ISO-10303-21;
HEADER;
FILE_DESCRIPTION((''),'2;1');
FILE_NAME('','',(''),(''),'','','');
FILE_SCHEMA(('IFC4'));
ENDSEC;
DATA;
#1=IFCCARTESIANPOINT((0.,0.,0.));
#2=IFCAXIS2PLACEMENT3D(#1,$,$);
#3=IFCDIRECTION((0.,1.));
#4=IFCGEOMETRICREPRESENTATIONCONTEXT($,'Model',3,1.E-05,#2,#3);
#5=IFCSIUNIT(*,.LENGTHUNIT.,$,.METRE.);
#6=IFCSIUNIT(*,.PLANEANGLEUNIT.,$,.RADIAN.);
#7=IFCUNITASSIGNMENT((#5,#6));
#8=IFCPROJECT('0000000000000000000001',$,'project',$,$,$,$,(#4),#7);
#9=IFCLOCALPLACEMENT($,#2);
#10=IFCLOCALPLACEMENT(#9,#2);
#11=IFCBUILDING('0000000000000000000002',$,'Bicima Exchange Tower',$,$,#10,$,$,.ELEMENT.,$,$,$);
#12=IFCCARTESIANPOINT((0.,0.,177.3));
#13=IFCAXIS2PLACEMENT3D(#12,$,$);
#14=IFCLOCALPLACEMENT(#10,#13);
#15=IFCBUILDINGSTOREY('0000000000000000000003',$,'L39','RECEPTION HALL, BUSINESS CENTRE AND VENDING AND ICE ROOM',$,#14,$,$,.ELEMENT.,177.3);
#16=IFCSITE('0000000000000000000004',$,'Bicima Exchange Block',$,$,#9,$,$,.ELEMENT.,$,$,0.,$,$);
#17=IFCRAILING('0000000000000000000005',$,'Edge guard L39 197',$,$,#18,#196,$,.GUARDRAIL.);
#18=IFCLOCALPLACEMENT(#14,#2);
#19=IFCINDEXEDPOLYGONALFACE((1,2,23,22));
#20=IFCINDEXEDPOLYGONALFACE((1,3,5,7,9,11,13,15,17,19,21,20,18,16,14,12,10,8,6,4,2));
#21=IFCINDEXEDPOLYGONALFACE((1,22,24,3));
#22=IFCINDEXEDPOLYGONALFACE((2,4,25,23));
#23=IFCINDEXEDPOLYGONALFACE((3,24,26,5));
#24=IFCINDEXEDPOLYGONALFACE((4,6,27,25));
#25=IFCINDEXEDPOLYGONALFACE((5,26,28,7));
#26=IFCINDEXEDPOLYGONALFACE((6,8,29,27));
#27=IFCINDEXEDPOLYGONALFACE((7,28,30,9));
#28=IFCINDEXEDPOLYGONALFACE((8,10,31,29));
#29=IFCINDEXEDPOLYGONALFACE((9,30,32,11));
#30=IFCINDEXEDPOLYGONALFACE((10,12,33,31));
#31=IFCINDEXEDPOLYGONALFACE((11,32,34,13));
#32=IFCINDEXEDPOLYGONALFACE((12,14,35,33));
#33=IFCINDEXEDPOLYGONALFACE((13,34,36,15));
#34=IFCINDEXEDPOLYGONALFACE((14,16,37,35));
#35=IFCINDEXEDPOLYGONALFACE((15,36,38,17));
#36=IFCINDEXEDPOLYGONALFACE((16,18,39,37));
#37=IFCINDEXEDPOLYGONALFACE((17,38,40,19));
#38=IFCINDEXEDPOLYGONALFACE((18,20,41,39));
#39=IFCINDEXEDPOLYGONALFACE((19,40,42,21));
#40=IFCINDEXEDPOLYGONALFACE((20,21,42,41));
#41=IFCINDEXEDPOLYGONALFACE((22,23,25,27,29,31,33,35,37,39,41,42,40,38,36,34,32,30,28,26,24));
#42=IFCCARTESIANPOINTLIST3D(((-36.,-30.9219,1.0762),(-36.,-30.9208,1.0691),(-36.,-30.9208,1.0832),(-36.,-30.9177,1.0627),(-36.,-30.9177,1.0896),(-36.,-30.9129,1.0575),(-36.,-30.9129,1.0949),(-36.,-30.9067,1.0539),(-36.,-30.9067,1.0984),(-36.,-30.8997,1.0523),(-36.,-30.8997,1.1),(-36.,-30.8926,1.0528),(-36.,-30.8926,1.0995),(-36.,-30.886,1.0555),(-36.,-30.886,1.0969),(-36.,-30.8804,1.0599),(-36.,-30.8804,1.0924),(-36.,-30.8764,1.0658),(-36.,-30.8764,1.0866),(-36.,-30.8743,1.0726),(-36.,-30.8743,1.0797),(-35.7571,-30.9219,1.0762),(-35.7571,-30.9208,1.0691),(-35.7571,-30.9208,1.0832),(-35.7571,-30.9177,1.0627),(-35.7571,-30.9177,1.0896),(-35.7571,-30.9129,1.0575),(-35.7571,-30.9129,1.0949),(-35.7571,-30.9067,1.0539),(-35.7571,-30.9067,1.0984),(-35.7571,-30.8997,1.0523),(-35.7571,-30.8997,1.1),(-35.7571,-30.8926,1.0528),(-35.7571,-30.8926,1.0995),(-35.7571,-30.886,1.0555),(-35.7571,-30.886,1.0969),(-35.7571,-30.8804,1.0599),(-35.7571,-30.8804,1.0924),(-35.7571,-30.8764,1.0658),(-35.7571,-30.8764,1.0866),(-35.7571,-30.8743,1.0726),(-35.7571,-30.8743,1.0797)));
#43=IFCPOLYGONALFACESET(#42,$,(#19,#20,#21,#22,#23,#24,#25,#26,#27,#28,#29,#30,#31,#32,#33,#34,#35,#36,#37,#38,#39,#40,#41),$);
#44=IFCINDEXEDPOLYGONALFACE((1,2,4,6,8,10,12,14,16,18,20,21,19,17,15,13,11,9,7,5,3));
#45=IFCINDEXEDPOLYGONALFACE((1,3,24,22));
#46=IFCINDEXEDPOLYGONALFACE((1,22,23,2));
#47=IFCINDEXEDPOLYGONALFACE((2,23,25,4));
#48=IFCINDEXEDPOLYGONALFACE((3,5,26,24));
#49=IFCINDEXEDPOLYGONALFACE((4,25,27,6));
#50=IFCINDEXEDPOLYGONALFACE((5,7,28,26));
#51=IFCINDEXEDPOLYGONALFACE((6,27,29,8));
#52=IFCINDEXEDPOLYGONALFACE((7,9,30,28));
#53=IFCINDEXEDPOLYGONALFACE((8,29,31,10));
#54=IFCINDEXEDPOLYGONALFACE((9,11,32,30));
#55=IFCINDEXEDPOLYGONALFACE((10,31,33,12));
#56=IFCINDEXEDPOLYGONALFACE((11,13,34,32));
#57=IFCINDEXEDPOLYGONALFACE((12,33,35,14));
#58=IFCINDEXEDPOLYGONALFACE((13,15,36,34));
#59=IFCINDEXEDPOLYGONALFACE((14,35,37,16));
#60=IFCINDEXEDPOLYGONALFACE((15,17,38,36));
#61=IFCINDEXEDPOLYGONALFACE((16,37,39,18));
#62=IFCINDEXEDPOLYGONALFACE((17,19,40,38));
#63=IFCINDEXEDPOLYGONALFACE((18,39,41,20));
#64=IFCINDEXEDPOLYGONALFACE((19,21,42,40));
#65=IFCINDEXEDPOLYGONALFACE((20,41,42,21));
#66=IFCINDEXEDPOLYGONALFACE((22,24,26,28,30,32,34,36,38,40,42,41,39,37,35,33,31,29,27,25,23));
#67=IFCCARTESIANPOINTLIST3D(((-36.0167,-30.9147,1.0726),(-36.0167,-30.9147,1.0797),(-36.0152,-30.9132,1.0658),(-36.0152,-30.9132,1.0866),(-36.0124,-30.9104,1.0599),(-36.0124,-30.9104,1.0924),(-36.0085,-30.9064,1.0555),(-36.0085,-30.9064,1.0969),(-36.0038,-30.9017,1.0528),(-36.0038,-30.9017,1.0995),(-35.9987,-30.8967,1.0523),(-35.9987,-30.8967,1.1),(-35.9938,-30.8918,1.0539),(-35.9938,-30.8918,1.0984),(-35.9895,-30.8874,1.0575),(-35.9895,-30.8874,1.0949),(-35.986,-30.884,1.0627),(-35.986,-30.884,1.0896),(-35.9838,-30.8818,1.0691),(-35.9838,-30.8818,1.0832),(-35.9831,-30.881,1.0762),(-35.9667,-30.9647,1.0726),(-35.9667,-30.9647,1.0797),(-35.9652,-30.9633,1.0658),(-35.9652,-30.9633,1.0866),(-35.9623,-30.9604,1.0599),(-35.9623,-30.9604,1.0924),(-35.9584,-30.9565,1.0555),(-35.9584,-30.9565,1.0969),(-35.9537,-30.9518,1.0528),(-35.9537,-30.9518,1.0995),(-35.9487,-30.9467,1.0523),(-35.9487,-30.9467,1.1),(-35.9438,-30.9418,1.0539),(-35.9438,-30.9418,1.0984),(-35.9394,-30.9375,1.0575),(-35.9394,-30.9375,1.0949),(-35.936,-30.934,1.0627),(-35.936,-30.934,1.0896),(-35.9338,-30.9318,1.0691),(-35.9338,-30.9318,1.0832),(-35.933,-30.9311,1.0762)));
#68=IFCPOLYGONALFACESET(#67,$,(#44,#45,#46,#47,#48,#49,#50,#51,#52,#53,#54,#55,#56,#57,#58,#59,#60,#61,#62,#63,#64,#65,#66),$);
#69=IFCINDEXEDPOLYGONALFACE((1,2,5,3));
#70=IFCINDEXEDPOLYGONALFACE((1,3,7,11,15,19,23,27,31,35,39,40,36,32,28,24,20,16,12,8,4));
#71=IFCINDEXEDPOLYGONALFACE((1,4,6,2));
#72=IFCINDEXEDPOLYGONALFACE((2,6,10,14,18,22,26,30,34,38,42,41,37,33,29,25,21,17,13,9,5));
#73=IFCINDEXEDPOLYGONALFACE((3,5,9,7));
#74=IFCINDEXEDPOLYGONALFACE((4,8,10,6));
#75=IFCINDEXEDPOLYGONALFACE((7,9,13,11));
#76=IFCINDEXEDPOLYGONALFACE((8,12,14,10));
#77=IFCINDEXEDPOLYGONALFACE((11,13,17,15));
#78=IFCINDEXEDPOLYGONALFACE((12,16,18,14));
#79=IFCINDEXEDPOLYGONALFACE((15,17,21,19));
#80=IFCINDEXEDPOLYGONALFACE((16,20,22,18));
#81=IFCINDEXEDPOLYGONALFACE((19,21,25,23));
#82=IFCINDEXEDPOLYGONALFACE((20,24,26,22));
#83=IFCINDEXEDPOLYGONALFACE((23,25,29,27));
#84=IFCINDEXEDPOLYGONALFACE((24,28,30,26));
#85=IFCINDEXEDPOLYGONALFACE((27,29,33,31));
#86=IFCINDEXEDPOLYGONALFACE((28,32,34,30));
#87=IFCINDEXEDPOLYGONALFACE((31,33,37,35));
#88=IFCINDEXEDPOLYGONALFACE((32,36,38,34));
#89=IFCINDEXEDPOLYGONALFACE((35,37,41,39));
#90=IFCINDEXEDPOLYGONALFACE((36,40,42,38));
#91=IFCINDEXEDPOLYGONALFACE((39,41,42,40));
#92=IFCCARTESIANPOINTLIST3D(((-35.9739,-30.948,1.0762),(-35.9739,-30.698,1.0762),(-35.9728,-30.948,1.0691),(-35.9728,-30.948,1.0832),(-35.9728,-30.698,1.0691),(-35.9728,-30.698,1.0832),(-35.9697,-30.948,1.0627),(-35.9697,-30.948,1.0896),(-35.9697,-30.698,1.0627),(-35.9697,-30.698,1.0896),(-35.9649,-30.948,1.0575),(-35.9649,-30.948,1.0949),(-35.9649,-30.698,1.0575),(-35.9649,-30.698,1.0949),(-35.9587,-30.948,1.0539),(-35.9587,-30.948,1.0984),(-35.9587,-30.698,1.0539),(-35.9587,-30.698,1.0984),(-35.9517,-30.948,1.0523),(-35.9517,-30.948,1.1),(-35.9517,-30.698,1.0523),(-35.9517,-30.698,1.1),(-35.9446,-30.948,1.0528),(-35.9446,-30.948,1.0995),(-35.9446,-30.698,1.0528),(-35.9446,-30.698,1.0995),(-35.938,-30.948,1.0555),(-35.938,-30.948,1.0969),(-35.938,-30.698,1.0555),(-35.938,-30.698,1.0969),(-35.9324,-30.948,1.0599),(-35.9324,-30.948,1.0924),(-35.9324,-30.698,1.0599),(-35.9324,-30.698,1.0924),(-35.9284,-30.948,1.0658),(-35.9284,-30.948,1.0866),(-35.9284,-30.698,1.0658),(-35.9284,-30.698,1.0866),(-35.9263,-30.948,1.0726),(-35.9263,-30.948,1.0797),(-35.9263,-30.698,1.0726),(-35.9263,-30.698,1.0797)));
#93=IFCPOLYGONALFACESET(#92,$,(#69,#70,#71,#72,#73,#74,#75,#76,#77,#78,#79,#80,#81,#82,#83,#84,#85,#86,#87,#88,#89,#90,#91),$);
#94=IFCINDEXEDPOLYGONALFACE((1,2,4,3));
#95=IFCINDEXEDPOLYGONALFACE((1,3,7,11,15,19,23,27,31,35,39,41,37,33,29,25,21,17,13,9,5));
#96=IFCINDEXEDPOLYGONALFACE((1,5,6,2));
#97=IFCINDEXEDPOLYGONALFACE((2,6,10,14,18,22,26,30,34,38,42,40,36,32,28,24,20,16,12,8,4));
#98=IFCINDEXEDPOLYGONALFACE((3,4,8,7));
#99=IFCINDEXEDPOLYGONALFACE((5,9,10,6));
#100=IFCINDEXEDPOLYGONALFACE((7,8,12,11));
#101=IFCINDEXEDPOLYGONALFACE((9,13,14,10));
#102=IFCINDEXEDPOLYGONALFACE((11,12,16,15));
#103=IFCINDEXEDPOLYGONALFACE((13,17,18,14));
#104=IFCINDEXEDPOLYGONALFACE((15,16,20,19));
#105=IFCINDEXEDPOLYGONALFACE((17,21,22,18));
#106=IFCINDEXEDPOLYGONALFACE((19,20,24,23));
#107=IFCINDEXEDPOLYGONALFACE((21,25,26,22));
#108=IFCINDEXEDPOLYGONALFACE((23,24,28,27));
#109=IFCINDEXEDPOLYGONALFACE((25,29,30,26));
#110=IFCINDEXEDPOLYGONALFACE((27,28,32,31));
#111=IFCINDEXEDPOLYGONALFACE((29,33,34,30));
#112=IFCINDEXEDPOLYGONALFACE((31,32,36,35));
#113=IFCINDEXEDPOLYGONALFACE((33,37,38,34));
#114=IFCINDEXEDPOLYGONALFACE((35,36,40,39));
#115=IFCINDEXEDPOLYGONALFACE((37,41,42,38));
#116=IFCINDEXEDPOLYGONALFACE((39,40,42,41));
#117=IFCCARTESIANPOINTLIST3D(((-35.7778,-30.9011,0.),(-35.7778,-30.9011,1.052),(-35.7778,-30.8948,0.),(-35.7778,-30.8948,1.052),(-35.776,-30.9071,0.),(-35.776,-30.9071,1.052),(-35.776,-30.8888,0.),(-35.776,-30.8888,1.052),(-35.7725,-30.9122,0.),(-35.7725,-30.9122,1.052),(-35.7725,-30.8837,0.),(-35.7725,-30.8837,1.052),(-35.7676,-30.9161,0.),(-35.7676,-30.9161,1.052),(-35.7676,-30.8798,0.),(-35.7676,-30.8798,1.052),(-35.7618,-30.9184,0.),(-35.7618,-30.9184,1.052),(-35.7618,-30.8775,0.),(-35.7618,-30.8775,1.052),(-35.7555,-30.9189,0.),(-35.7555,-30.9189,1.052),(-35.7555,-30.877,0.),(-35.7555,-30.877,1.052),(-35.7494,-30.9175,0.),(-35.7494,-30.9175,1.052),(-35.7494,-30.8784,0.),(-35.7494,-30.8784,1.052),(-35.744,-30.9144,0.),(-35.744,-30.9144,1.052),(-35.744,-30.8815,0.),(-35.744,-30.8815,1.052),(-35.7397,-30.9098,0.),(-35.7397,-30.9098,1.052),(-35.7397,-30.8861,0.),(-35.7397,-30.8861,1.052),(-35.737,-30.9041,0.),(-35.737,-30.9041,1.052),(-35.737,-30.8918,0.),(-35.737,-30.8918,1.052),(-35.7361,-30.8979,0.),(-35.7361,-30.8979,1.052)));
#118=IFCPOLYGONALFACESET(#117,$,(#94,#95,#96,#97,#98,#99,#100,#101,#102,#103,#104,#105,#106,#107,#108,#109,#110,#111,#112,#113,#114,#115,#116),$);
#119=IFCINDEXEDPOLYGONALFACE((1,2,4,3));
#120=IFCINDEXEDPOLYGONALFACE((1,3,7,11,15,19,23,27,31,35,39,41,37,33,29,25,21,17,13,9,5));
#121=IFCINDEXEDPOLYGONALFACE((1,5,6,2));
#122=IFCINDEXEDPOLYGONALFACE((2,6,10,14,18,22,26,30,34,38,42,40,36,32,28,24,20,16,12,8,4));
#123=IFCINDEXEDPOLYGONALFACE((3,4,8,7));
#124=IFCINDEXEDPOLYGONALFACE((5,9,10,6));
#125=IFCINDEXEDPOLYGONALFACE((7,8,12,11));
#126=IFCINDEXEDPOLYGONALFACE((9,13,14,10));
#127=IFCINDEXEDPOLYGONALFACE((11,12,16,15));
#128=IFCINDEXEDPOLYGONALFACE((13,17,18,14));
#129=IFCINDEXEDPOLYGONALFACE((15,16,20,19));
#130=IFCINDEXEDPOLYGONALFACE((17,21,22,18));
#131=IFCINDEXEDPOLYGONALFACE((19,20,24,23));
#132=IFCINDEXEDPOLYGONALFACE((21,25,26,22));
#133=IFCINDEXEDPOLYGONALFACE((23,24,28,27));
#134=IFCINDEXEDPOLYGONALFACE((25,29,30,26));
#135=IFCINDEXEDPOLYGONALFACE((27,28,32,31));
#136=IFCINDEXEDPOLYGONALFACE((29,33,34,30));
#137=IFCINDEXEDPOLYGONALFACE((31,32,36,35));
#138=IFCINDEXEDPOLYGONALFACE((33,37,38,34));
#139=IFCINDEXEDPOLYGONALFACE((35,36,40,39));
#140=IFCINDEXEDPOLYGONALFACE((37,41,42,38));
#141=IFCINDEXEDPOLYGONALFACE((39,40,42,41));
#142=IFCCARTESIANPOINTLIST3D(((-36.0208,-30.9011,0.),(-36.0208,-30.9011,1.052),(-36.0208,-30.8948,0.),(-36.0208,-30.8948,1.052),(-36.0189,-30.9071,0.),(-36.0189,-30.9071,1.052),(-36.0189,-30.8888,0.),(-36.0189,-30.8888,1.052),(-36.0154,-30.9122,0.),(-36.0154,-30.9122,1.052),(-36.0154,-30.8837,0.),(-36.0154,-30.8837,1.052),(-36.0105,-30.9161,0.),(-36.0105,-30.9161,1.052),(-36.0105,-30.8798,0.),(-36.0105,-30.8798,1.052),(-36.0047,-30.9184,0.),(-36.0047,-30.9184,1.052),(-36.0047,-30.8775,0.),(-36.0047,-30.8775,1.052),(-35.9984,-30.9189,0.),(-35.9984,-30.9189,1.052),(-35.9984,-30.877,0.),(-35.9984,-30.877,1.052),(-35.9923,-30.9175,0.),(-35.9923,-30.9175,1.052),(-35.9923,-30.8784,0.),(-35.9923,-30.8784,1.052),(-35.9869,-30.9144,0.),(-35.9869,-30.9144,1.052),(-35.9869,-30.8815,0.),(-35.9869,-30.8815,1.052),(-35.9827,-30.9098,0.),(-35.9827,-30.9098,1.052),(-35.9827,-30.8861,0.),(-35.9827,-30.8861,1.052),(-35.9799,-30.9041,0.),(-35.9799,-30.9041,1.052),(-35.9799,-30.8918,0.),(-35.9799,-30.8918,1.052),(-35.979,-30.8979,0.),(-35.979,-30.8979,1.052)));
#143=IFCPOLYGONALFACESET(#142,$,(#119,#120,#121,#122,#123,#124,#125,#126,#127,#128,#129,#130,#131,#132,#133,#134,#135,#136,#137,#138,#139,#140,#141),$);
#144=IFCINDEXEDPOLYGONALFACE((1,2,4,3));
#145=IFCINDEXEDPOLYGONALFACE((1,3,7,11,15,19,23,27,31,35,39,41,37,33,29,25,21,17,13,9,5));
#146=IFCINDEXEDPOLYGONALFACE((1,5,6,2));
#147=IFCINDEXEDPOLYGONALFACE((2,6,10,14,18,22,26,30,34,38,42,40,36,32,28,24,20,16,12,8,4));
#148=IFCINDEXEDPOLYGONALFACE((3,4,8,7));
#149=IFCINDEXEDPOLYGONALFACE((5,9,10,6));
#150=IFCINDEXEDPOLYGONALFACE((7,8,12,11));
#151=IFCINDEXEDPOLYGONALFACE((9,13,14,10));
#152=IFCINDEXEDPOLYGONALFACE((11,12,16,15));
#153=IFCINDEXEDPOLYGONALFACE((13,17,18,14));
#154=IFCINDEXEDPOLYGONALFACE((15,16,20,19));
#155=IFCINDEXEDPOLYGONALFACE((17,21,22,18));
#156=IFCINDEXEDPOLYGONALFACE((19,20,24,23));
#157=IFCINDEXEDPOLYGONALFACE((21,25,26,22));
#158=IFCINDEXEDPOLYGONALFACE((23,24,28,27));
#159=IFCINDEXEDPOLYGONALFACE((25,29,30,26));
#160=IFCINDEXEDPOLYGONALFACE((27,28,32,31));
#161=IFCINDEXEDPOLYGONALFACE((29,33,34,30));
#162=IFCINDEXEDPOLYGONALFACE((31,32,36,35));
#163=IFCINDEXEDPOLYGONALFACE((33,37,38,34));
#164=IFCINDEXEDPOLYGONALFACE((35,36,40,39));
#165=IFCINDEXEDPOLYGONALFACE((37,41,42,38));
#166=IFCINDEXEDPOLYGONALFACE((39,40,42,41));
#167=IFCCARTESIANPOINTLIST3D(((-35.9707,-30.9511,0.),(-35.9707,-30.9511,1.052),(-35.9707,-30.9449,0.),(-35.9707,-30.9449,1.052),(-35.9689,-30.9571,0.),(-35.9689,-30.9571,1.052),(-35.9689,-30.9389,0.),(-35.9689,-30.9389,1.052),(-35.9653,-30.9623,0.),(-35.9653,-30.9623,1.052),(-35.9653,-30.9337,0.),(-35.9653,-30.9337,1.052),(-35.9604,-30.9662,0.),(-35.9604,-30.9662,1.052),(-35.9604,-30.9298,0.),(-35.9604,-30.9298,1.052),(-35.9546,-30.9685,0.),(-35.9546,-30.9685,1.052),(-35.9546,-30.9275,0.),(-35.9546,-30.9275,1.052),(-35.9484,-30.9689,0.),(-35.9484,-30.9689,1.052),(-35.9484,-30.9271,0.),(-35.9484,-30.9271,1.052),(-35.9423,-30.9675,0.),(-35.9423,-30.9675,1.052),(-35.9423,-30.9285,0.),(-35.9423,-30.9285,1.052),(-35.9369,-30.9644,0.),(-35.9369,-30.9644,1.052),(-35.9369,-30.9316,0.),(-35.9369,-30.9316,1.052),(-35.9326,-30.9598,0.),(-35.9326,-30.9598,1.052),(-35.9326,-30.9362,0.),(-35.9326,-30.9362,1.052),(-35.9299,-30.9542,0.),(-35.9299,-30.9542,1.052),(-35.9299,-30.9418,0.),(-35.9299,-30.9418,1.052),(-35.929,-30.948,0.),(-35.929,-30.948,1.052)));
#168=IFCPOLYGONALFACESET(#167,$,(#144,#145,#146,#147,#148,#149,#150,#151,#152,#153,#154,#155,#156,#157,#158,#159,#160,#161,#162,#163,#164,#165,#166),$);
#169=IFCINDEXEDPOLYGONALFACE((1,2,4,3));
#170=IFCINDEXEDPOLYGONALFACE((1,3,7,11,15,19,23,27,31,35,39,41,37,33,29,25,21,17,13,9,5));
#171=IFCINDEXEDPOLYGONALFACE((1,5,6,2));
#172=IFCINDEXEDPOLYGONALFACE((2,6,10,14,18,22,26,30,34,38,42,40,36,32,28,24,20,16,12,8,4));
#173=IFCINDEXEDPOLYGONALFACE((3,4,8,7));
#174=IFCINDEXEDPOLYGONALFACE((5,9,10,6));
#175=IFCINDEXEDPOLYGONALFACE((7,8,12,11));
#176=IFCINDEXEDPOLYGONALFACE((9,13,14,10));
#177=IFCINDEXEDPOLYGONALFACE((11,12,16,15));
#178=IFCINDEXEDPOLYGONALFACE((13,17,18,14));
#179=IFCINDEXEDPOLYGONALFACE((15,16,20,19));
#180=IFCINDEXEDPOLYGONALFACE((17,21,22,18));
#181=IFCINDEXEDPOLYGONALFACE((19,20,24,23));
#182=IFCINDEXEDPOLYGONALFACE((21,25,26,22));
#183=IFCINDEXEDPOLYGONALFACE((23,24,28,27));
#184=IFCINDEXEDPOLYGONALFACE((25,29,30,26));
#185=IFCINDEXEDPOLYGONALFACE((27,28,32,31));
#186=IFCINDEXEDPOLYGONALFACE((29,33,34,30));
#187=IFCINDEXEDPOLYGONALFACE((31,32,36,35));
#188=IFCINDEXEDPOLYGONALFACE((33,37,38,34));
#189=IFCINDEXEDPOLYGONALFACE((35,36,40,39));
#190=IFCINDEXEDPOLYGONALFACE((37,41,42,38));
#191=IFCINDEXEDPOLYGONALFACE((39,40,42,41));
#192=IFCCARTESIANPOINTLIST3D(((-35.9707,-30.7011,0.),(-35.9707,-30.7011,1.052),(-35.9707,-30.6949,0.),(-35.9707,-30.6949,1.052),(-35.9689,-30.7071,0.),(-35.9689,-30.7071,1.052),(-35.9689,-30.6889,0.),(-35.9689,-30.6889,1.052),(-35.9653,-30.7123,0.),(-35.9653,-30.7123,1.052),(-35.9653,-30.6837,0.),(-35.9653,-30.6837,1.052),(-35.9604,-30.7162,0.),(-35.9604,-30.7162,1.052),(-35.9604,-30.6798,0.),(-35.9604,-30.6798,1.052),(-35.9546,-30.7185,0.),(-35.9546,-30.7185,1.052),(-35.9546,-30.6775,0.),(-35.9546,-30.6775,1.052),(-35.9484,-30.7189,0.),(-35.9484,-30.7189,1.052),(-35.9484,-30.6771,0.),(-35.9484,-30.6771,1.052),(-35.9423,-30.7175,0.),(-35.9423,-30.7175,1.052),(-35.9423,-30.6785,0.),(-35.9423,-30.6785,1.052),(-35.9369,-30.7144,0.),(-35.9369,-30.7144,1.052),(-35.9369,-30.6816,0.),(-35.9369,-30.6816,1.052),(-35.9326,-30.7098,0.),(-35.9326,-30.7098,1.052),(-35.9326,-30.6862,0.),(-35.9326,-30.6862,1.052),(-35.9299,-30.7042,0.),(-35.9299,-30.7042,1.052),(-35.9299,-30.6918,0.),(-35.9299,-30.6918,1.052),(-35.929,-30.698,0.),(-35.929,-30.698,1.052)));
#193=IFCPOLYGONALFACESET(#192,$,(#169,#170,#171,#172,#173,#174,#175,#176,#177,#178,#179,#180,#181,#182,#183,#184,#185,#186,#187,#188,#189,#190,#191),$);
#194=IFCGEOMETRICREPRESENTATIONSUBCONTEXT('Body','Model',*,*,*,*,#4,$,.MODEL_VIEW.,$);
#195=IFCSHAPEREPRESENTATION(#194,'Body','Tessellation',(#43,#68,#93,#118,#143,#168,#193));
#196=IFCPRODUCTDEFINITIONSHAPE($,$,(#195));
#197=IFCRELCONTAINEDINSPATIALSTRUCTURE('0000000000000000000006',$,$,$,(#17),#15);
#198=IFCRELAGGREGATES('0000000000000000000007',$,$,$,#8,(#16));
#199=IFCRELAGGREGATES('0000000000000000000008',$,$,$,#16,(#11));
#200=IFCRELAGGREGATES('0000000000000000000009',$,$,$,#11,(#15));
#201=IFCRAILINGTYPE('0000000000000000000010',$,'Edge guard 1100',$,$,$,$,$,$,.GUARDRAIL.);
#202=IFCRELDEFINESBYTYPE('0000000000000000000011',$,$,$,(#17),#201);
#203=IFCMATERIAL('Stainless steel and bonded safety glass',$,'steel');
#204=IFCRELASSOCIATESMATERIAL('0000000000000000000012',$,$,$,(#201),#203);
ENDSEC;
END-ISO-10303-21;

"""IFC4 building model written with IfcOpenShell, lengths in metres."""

from ifc_helpers import new_model, si_unit, direction, frame, origin, origin_2d, place, context, subcontext, project, spatial, circle, extrude, material, type_object, element, save


model = new_model("IFC4")

# Units and contexts
model_context = context("Model", 3, precision=1e-05, world=origin(), true_north=direction((0.0, 1.0)))
body_context = subcontext(model_context, "Body", "Model", "MODEL_VIEW")
ifc_project = project(units=[si_unit("LENGTHUNIT", "METRE"), si_unit("PLANEANGLEUNIT", "RADIAN")], contexts=[model_context])

# Site, building, storey
site_placement = place(None, origin())
site = spatial("IfcSite", under=ifc_project, at=site_placement, Name="Bicima Exchange Block", CompositionType="ELEMENT", RefElevation=0.0)
building_placement = place(site_placement, origin())
building = spatial("IfcBuilding", under=site, at=building_placement, Name="Bicima Exchange Tower", CompositionType="ELEMENT")
storey_placement = place(building_placement, frame((0.0, 0.0, 177.3)))
storey = spatial("IfcBuildingStorey", under=building, at=storey_placement, Name="L39", Description="RECEPTION HALL, BUSINESS CENTRE AND VENDING AND ICE ROOM", CompositionType="ELEMENT", Elevation=177.3)

# Railing
ifc_material_1 = material(Name="Stainless steel and bonded safety glass", Category="steel")
railing_type = type_object("IfcRailingType", Name="Edge guard 1100", PredefinedType="GUARDRAIL", material=ifc_material_1)
railing_1_placement = place(storey_placement, frame((-35.7571, -30.8979, 0.0)))
element("IfcRailing", 1, at=railing_1_placement, inside=storey, type_object=railing_type, Name="Edge guard L39 197", PredefinedType="GUARDRAIL", context=body_context, shape_type="SweptSolid", body=[
    extrude(circle(Radius=0.0239, at=origin_2d()), frame((0.0, 0.0, 1.0762), z_axis=(-1.0, 0.0, 0.0), x_axis=(0.0, -1.0, 0.0)), (0.0, 0.0, 1.0), 0.2429),
    extrude(circle(Radius=0.0239, at=origin_2d()), frame((-0.2429, 0.0, 1.0762), z_axis=(0.707107, -0.707107, 0.0), x_axis=(0.707107, 0.707107, 0.0)), (0.0, 0.0, 1.0), 0.0708),
    extrude(circle(Radius=0.0239, at=origin_2d()), frame((-0.1929, -0.05, 1.0762), z_axis=(0.0, 1.0, 0.0), x_axis=(-1.0, 0.0, 0.0)), (0.0, 0.0, 1.0), 0.25),
    extrude(circle(Radius=0.021, at=origin_2d()), origin(), (0.0, 0.0, 1.0), 1.052),
    extrude(circle(Radius=0.021, at=origin_2d()), frame((-0.2429, 0.0, 0.0)), (0.0, 0.0, 1.0), 1.052),
    extrude(circle(Radius=0.021, at=origin_2d()), frame((-0.1929, -0.05, 0.0)), (0.0, 0.0, 1.0), 1.052),
    extrude(circle(Radius=0.021, at=origin_2d()), frame((-0.1929, 0.2, 0.0)), (0.0, 0.0, 1.0), 1.052),
])

save(model, "model.ifc")
